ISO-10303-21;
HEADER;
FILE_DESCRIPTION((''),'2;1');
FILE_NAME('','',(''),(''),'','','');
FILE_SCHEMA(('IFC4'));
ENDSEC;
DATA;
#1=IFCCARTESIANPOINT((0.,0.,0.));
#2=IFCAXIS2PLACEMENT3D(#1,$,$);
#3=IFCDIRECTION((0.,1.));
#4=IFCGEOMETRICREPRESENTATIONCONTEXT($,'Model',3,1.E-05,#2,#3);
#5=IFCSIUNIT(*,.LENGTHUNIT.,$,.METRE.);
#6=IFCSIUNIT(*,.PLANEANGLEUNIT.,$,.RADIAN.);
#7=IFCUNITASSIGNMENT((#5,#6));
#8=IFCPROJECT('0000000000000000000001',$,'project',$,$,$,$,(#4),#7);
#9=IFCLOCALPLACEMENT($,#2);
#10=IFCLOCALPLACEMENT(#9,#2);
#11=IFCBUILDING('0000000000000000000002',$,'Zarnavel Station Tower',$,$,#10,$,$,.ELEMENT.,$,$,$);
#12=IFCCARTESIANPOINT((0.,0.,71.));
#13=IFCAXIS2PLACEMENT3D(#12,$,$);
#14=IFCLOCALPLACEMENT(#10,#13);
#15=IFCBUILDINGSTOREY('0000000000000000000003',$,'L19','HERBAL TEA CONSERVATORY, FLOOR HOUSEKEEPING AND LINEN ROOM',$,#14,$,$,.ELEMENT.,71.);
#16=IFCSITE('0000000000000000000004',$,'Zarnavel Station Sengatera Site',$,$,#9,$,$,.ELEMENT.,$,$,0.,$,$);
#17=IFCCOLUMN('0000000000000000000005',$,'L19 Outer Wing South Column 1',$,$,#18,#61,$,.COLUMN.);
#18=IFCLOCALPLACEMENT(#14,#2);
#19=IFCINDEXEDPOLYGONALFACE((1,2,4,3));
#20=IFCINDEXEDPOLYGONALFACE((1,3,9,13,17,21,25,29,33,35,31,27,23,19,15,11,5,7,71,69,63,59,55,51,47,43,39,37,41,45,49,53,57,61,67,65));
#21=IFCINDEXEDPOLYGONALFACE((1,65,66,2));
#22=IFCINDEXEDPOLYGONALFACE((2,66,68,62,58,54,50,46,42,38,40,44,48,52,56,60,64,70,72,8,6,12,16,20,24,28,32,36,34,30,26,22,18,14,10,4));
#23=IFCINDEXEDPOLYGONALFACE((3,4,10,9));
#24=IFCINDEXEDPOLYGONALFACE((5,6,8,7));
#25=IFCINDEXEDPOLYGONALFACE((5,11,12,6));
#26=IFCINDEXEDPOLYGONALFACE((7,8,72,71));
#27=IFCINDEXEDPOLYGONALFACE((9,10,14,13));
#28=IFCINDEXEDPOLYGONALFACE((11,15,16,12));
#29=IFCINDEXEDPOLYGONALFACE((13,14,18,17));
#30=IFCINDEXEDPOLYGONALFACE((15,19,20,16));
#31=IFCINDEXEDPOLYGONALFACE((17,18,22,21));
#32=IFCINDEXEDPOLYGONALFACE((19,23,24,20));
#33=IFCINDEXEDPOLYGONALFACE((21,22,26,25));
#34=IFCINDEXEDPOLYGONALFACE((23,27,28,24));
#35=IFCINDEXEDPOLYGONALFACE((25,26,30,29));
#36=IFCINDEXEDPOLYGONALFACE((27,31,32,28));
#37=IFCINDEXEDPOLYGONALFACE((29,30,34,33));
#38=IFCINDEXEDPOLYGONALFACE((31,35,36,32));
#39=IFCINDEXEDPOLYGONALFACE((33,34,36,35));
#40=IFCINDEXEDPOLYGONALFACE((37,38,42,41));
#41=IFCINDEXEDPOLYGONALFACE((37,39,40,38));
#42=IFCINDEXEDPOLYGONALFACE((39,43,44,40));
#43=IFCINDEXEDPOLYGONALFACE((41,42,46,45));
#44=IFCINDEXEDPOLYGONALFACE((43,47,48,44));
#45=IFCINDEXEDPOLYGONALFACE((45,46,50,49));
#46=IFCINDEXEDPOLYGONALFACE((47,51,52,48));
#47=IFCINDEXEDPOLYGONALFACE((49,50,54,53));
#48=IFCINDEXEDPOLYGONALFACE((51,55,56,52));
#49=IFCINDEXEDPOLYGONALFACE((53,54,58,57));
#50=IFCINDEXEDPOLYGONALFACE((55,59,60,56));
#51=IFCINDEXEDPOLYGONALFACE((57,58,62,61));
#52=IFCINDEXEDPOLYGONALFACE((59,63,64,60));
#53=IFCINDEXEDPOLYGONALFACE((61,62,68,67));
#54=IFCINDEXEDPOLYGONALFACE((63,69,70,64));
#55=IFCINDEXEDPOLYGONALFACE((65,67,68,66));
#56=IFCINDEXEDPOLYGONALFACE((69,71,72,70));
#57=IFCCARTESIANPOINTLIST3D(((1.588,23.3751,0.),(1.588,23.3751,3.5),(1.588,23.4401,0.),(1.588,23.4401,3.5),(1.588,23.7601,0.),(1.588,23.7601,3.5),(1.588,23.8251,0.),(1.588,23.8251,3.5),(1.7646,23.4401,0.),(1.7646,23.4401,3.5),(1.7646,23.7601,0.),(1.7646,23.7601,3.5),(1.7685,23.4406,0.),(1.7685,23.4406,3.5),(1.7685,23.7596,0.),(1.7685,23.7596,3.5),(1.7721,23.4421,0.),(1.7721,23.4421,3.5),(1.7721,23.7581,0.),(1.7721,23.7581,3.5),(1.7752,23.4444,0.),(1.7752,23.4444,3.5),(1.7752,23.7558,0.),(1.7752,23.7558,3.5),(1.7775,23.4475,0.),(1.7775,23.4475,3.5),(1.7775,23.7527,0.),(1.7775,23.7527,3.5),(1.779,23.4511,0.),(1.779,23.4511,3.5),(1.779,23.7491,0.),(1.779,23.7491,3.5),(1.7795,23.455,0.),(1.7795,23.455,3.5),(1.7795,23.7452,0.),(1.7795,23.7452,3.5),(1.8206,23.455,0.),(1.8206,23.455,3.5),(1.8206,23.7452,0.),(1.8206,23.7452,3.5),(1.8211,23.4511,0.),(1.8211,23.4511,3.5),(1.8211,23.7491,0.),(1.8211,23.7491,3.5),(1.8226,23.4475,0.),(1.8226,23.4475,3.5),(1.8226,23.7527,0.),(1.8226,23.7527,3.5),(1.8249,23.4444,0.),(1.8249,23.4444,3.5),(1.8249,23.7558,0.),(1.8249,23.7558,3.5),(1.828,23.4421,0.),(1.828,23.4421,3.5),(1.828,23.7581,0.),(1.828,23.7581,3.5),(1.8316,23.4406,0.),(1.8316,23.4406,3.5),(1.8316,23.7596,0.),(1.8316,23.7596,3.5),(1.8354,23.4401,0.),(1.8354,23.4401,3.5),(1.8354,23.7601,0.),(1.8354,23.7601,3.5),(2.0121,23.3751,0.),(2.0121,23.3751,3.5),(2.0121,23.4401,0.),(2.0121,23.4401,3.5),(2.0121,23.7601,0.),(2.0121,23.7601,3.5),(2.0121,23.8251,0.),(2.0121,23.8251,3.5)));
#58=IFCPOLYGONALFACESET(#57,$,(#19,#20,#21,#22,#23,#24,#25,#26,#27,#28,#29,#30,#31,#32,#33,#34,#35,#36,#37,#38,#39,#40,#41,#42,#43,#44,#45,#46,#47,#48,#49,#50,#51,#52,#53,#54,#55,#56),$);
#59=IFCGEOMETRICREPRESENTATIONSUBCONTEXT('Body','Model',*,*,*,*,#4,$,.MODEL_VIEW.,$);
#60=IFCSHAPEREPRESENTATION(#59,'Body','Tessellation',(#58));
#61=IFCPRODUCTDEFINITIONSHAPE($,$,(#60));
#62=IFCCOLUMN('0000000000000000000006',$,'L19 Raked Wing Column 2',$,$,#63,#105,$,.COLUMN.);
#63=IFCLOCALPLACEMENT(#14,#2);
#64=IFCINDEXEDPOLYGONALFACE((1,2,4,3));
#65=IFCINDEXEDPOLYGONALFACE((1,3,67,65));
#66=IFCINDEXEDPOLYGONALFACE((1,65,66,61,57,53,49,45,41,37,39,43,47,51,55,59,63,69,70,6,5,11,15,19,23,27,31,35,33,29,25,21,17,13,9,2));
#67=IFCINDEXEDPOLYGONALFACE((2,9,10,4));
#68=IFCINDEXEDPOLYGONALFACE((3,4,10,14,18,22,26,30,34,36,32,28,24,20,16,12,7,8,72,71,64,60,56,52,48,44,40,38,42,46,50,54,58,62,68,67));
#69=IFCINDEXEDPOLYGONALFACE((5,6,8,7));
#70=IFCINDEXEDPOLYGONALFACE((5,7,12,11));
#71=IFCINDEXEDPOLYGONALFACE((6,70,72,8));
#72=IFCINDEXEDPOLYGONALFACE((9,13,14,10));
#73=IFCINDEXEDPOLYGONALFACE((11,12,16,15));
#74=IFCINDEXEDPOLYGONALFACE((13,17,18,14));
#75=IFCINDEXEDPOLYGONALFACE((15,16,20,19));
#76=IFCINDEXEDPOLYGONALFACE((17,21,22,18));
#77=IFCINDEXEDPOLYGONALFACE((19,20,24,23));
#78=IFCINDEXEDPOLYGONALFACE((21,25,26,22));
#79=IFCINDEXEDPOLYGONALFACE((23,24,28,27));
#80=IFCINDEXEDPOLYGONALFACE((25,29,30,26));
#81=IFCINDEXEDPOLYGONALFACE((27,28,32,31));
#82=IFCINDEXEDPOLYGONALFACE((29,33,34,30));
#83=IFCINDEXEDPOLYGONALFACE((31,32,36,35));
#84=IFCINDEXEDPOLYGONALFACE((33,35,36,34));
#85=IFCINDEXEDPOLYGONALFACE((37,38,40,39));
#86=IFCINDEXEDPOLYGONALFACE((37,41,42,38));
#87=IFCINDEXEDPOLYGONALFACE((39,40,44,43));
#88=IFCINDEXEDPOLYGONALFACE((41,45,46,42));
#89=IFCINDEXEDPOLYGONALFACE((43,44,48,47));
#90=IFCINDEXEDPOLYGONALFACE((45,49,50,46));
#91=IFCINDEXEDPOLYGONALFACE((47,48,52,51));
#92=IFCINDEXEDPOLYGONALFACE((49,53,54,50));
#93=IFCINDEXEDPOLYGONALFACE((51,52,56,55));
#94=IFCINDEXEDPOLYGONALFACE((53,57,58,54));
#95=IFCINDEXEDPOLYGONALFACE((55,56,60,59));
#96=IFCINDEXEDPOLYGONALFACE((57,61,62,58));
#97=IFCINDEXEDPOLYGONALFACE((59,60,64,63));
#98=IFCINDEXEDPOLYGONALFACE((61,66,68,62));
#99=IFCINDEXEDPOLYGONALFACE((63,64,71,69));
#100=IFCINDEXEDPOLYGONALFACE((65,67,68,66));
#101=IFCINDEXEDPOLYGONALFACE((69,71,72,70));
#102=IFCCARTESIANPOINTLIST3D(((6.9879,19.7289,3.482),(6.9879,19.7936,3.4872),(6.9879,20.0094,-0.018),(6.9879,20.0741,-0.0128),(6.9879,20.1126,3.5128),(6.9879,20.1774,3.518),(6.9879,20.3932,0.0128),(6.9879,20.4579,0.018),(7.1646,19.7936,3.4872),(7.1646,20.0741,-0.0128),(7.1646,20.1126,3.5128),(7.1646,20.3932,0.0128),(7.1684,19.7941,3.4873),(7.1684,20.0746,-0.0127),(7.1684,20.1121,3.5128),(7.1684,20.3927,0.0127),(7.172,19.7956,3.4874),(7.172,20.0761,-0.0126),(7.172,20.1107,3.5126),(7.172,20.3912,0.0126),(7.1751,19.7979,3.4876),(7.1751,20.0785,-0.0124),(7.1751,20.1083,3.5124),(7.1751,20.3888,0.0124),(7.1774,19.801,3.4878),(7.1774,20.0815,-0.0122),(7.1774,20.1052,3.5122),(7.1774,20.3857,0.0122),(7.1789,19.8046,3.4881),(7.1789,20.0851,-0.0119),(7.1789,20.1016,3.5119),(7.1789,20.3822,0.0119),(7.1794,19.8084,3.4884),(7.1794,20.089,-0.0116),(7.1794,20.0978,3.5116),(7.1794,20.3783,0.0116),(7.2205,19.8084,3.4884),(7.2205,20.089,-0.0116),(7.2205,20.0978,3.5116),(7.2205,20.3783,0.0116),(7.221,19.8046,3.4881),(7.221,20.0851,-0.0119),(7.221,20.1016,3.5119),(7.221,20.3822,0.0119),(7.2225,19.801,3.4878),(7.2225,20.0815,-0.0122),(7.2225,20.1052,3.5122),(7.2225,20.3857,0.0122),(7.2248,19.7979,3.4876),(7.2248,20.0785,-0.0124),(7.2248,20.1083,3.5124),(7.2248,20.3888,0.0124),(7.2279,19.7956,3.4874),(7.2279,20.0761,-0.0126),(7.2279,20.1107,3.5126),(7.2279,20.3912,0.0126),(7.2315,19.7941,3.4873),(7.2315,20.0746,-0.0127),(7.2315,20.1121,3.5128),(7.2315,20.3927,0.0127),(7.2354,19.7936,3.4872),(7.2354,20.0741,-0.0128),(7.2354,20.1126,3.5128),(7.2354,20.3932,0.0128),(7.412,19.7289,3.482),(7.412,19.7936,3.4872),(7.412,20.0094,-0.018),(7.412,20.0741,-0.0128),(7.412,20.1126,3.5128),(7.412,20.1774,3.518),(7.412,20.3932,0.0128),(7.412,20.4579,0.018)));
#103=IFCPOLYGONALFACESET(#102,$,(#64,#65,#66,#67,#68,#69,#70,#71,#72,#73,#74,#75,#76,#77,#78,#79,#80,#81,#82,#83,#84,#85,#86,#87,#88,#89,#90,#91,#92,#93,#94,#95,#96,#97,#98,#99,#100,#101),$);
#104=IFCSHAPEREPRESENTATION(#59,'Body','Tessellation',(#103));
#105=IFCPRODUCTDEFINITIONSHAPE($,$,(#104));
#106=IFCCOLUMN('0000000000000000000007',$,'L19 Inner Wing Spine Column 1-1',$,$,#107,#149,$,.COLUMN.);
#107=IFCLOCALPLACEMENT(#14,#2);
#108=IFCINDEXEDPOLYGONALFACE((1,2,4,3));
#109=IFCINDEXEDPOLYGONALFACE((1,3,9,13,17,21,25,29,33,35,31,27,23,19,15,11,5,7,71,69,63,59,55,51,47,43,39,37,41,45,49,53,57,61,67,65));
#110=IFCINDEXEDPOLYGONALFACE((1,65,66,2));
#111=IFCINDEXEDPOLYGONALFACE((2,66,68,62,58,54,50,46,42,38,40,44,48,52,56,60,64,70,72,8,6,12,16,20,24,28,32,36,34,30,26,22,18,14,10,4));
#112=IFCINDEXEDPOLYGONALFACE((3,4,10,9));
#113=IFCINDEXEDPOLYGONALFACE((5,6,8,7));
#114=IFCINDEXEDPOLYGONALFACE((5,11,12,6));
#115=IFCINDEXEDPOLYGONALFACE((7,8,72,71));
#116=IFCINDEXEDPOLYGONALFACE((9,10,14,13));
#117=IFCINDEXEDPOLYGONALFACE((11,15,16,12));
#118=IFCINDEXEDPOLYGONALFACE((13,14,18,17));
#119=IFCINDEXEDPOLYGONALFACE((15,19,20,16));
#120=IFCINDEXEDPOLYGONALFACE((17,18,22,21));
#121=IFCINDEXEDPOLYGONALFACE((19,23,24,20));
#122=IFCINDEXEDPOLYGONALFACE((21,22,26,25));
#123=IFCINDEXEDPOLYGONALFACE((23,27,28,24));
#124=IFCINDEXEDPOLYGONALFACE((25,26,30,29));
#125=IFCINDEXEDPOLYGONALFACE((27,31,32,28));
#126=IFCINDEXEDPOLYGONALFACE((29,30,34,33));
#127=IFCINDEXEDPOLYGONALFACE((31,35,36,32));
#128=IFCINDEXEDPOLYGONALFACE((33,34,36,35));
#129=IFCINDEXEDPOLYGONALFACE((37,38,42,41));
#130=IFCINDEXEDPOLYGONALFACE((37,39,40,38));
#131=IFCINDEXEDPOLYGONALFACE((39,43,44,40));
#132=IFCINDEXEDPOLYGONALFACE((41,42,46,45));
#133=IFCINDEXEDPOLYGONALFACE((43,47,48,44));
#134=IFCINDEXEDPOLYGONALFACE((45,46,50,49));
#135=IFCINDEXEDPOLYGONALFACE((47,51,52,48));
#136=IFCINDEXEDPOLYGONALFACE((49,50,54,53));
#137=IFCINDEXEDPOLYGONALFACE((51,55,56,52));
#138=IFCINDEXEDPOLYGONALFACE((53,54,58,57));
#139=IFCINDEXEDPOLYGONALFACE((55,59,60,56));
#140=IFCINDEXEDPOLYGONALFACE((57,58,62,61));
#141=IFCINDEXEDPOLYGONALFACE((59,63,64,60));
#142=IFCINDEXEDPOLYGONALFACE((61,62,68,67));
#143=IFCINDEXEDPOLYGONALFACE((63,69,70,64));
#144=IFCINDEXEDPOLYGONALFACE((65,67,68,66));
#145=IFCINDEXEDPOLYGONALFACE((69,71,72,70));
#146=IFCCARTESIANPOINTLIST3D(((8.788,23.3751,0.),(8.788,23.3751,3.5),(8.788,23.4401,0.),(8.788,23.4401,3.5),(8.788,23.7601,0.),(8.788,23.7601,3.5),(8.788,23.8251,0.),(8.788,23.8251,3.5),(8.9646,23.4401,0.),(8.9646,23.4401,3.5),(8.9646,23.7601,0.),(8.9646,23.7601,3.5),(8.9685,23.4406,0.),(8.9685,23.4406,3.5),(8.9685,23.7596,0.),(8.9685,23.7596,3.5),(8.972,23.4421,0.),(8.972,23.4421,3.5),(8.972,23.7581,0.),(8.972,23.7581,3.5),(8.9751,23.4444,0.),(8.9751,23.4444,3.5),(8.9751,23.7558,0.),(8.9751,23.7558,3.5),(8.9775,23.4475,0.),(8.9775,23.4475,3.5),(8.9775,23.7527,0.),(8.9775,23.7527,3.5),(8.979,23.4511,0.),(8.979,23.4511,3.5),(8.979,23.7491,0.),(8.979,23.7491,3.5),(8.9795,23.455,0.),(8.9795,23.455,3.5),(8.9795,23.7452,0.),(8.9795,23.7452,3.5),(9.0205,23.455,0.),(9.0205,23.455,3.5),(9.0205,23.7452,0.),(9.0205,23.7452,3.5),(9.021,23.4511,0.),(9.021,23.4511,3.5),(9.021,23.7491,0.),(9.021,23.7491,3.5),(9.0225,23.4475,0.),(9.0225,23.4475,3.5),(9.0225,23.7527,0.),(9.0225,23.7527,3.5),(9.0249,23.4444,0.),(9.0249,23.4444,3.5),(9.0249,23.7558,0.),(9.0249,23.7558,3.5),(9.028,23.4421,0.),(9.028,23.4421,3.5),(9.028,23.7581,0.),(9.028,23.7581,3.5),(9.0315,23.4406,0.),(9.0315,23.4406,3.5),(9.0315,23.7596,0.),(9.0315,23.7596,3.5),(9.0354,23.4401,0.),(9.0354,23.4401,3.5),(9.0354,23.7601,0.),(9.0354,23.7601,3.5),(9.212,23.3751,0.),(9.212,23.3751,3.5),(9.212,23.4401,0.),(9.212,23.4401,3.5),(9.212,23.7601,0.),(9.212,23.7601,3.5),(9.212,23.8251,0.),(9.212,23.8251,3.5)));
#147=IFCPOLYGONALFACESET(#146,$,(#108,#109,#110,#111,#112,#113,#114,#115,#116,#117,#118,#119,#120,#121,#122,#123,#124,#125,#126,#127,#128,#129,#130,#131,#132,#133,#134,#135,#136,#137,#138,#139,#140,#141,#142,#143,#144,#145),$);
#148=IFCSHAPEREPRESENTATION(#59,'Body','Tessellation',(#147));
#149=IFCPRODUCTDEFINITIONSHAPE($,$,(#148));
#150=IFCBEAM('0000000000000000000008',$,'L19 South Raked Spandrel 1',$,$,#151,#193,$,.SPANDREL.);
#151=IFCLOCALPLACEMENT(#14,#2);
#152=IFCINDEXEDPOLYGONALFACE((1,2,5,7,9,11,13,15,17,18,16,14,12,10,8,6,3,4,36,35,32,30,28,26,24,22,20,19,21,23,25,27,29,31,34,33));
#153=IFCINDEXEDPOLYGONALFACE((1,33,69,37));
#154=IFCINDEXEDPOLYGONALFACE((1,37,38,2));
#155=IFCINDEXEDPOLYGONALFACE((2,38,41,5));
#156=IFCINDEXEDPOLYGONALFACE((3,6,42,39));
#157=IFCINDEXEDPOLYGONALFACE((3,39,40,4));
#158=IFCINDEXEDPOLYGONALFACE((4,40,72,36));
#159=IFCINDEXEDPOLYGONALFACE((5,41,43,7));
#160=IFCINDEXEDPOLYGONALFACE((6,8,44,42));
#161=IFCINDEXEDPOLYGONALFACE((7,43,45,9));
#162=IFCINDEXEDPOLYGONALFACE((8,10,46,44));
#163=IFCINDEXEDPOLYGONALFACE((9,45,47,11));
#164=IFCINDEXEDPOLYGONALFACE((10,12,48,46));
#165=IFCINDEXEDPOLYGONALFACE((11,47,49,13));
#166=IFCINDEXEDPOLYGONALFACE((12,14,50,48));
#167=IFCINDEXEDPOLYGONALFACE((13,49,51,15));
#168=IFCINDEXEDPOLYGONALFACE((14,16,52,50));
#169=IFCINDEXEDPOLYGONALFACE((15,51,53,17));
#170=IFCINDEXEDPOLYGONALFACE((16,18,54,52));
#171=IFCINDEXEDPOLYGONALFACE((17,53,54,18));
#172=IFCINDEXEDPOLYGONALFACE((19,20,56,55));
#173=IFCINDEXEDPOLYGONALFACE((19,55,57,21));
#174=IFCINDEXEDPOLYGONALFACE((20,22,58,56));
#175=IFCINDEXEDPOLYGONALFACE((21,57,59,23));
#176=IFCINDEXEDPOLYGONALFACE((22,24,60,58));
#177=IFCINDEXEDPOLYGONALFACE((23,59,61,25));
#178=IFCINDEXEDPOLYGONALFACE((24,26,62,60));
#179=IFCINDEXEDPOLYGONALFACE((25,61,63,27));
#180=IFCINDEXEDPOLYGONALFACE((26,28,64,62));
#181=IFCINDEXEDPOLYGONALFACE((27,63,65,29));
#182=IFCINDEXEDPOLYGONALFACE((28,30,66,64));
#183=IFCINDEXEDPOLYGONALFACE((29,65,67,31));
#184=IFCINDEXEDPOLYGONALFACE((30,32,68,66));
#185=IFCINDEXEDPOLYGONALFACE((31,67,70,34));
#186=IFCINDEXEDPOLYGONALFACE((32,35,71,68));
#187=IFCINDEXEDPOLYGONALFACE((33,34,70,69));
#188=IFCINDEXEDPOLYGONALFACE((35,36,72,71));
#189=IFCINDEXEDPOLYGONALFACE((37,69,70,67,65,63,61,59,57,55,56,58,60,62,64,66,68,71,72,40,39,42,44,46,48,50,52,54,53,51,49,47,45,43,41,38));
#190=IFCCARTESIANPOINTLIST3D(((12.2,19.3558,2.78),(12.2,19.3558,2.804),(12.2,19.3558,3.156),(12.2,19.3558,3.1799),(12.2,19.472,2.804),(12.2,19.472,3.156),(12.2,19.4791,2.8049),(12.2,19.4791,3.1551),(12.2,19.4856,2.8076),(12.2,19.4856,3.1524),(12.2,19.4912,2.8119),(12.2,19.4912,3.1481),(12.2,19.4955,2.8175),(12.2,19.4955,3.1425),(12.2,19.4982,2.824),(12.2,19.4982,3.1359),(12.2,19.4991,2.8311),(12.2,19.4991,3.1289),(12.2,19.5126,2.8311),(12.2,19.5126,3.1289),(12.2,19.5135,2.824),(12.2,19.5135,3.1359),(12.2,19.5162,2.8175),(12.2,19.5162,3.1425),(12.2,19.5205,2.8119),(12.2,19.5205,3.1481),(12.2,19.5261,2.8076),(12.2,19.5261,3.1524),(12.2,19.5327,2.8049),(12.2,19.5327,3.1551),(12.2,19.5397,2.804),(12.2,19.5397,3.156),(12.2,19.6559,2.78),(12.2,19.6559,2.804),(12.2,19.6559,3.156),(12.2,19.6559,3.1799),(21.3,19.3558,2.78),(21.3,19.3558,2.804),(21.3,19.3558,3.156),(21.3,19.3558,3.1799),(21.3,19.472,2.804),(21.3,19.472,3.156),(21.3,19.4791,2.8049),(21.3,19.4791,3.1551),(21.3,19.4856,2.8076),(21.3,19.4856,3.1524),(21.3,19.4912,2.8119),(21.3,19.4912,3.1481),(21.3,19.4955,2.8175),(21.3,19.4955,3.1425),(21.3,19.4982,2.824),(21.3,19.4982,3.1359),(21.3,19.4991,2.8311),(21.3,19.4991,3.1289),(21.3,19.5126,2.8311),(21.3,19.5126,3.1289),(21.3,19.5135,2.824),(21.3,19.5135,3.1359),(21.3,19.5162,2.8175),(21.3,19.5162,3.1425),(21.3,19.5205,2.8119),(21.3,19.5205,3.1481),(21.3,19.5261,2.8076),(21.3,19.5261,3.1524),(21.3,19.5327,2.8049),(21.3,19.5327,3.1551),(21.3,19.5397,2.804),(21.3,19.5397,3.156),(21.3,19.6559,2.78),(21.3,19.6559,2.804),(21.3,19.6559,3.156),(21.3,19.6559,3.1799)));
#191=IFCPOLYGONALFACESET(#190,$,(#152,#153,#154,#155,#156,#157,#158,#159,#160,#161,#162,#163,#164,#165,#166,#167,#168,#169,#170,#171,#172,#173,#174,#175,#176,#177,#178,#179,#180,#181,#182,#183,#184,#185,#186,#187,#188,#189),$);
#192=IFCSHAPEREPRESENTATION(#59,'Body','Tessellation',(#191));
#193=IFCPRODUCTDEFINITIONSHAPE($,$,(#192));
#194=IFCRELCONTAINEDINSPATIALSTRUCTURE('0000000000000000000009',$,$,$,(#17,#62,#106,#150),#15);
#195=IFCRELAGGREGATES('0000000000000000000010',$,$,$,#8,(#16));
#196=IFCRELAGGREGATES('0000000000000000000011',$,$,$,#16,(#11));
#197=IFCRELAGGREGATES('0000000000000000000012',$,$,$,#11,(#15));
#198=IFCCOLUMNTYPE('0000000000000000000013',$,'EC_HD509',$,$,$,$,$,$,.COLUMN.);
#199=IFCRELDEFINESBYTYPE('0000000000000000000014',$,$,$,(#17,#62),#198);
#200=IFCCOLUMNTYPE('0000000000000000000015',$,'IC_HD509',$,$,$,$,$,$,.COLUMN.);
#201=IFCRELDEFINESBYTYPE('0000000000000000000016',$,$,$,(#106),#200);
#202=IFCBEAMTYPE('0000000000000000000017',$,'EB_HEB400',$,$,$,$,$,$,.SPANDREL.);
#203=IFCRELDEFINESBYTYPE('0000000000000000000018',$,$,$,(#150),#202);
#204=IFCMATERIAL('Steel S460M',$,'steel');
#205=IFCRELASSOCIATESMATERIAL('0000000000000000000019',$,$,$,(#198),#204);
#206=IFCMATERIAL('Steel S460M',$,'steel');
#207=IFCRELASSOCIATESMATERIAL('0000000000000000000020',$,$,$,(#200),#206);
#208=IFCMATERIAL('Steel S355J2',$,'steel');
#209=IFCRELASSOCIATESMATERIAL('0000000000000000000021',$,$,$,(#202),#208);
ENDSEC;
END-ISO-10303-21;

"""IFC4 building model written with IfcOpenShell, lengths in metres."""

from ifc_helpers import new_model, si_unit, direction, frame, origin, origin_2d, place, context, subcontext, project, spatial, i_section, extrude, material, material_profile, profile_set, type_object, element, save


model = new_model("IFC4")

# Units and contexts
model_context = context("Model", 3, precision=1e-05, world=origin(), true_north=direction((0.0, 1.0)))
body_context = subcontext(model_context, "Body", "Model", "MODEL_VIEW")
ifc_project = project(units=[si_unit("LENGTHUNIT", "METRE"), si_unit("PLANEANGLEUNIT", "RADIAN")], contexts=[model_context])

# Site, building, storey
site_placement = place(None, origin())
site = spatial("IfcSite", under=ifc_project, at=site_placement, Name="Zarnavel Station Sengatera Site", CompositionType="ELEMENT", RefElevation=0.0)
building_placement = place(site_placement, origin())
building = spatial("IfcBuilding", under=site, at=building_placement, Name="Zarnavel Station Tower", CompositionType="ELEMENT")
storey_placement = place(building_placement, frame((0.0, 0.0, 71.0)))
storey = spatial("IfcBuildingStorey", under=building, at=storey_placement, Name="L19", Description="HERBAL TEA CONSERVATORY, FLOOR HOUSEKEEPING AND LINEN ROOM", CompositionType="ELEMENT", Elevation=71.0)

# Columns
ifc_material_1 = material(Name="Steel S460M", Category="steel")
ifc_material_profile_1 = material_profile(ifc_material_1, i_section(OverallWidth=0.4241, OverallDepth=0.45, WebThickness=0.041, FlangeThickness=0.0649, FilletRadius=0.0149, at=origin_2d()), Name="HD400x509")
ifc_profile_set_1 = profile_set([ifc_material_profile_1], Name="Steel S460M")
column_type_1 = type_object("IfcColumnType", Name="EC_HD509", PredefinedType="COLUMN", material=ifc_profile_set_1)
column_1_placement = place(storey_placement, frame((1.8, 23.6001, 0.0), z_axis=(0.0, 0.0, 1.0), x_axis=(1.0, 0.0, 0.0)))
element("IfcColumn", 1, at=column_1_placement, inside=storey, type_object=column_type_1, Name="L19 Outer Wing South Column 1", PredefinedType="COLUMN", context=body_context, shape_type="SweptSolid", body=[
    extrude(i_section(OverallWidth=0.4241, OverallDepth=0.45, WebThickness=0.041, FlangeThickness=0.0649, FilletRadius=0.0149, at=origin_2d()), origin(), (0.0, 0.0, 1.0), 3.5),
])
column_2_placement = place(storey_placement, frame((7.2, 20.2336, 0.0), z_axis=(0.0, -0.079892, 0.996804), x_axis=(1.0, 0.0, 0.0)))
element("IfcColumn", 2, at=column_2_placement, inside=storey, type_object=column_type_1, Name="L19 Raked Wing Column 2", PredefinedType="COLUMN", context=body_context, shape_type="SweptSolid", body=[
    extrude(i_section(OverallWidth=0.4241, OverallDepth=0.45, WebThickness=0.041, FlangeThickness=0.0649, FilletRadius=0.0149, at=origin_2d()), origin(), (0.0, 0.0, 1.0), 3.5112),
])
ifc_material_2 = material(Name="Steel S460M", Category="steel")
ifc_material_profile_2 = material_profile(ifc_material_2, i_section(OverallWidth=0.4241, OverallDepth=0.45, WebThickness=0.041, FlangeThickness=0.0649, FilletRadius=0.0149, at=origin_2d()), Name="HD400x509")
ifc_profile_set_2 = profile_set([ifc_material_profile_2], Name="Steel S460M")
column_type_2 = type_object("IfcColumnType", Name="IC_HD509", PredefinedType="COLUMN", material=ifc_profile_set_2)
column_3_placement = place(storey_placement, frame((9.0, 23.6001, 0.0), z_axis=(0.0, 0.0, 1.0), x_axis=(1.0, 0.0, 0.0)))
element("IfcColumn", 3, at=column_3_placement, inside=storey, type_object=column_type_2, Name="L19 Inner Wing Spine Column 1-1", PredefinedType="COLUMN", context=body_context, shape_type="SweptSolid", body=[
    extrude(i_section(OverallWidth=0.4241, OverallDepth=0.45, WebThickness=0.041, FlangeThickness=0.0649, FilletRadius=0.0149, at=origin_2d()), origin(), (0.0, 0.0, 1.0), 3.5),
])

# Beam
ifc_material_3 = material(Name="Steel S355J2", Category="steel")
ifc_material_profile_3 = material_profile(ifc_material_3, i_section(OverallWidth=0.3, OverallDepth=0.3999, WebThickness=0.0134, FlangeThickness=0.0239, FilletRadius=0.0271, at=origin_2d()), Name="HEB400")
ifc_profile_set_3 = profile_set([ifc_material_profile_3], Name="Steel S355J2")
beam_type_1 = type_object("IfcBeamType", Name="EB_HEB400", PredefinedType="SPANDREL", material=ifc_profile_set_3)
beam_1_placement = place(storey_placement, frame((12.2, 19.5059, 2.98), z_axis=(1.0, 0.0, 0.0), x_axis=(0.0, 1.0, 0.0)))
element("IfcBeam", 4, at=beam_1_placement, inside=storey, type_object=beam_type_1, Name="L19 South Raked Spandrel 1", PredefinedType="SPANDREL", context=body_context, shape_type="SweptSolid", body=[
    extrude(i_section(OverallWidth=0.3, OverallDepth=0.3999, WebThickness=0.0134, FlangeThickness=0.0239, FilletRadius=0.0271, at=origin_2d()), origin(), (0.0, 0.0, 1.0), 9.1001),
])

save(model, "model.ifc")
